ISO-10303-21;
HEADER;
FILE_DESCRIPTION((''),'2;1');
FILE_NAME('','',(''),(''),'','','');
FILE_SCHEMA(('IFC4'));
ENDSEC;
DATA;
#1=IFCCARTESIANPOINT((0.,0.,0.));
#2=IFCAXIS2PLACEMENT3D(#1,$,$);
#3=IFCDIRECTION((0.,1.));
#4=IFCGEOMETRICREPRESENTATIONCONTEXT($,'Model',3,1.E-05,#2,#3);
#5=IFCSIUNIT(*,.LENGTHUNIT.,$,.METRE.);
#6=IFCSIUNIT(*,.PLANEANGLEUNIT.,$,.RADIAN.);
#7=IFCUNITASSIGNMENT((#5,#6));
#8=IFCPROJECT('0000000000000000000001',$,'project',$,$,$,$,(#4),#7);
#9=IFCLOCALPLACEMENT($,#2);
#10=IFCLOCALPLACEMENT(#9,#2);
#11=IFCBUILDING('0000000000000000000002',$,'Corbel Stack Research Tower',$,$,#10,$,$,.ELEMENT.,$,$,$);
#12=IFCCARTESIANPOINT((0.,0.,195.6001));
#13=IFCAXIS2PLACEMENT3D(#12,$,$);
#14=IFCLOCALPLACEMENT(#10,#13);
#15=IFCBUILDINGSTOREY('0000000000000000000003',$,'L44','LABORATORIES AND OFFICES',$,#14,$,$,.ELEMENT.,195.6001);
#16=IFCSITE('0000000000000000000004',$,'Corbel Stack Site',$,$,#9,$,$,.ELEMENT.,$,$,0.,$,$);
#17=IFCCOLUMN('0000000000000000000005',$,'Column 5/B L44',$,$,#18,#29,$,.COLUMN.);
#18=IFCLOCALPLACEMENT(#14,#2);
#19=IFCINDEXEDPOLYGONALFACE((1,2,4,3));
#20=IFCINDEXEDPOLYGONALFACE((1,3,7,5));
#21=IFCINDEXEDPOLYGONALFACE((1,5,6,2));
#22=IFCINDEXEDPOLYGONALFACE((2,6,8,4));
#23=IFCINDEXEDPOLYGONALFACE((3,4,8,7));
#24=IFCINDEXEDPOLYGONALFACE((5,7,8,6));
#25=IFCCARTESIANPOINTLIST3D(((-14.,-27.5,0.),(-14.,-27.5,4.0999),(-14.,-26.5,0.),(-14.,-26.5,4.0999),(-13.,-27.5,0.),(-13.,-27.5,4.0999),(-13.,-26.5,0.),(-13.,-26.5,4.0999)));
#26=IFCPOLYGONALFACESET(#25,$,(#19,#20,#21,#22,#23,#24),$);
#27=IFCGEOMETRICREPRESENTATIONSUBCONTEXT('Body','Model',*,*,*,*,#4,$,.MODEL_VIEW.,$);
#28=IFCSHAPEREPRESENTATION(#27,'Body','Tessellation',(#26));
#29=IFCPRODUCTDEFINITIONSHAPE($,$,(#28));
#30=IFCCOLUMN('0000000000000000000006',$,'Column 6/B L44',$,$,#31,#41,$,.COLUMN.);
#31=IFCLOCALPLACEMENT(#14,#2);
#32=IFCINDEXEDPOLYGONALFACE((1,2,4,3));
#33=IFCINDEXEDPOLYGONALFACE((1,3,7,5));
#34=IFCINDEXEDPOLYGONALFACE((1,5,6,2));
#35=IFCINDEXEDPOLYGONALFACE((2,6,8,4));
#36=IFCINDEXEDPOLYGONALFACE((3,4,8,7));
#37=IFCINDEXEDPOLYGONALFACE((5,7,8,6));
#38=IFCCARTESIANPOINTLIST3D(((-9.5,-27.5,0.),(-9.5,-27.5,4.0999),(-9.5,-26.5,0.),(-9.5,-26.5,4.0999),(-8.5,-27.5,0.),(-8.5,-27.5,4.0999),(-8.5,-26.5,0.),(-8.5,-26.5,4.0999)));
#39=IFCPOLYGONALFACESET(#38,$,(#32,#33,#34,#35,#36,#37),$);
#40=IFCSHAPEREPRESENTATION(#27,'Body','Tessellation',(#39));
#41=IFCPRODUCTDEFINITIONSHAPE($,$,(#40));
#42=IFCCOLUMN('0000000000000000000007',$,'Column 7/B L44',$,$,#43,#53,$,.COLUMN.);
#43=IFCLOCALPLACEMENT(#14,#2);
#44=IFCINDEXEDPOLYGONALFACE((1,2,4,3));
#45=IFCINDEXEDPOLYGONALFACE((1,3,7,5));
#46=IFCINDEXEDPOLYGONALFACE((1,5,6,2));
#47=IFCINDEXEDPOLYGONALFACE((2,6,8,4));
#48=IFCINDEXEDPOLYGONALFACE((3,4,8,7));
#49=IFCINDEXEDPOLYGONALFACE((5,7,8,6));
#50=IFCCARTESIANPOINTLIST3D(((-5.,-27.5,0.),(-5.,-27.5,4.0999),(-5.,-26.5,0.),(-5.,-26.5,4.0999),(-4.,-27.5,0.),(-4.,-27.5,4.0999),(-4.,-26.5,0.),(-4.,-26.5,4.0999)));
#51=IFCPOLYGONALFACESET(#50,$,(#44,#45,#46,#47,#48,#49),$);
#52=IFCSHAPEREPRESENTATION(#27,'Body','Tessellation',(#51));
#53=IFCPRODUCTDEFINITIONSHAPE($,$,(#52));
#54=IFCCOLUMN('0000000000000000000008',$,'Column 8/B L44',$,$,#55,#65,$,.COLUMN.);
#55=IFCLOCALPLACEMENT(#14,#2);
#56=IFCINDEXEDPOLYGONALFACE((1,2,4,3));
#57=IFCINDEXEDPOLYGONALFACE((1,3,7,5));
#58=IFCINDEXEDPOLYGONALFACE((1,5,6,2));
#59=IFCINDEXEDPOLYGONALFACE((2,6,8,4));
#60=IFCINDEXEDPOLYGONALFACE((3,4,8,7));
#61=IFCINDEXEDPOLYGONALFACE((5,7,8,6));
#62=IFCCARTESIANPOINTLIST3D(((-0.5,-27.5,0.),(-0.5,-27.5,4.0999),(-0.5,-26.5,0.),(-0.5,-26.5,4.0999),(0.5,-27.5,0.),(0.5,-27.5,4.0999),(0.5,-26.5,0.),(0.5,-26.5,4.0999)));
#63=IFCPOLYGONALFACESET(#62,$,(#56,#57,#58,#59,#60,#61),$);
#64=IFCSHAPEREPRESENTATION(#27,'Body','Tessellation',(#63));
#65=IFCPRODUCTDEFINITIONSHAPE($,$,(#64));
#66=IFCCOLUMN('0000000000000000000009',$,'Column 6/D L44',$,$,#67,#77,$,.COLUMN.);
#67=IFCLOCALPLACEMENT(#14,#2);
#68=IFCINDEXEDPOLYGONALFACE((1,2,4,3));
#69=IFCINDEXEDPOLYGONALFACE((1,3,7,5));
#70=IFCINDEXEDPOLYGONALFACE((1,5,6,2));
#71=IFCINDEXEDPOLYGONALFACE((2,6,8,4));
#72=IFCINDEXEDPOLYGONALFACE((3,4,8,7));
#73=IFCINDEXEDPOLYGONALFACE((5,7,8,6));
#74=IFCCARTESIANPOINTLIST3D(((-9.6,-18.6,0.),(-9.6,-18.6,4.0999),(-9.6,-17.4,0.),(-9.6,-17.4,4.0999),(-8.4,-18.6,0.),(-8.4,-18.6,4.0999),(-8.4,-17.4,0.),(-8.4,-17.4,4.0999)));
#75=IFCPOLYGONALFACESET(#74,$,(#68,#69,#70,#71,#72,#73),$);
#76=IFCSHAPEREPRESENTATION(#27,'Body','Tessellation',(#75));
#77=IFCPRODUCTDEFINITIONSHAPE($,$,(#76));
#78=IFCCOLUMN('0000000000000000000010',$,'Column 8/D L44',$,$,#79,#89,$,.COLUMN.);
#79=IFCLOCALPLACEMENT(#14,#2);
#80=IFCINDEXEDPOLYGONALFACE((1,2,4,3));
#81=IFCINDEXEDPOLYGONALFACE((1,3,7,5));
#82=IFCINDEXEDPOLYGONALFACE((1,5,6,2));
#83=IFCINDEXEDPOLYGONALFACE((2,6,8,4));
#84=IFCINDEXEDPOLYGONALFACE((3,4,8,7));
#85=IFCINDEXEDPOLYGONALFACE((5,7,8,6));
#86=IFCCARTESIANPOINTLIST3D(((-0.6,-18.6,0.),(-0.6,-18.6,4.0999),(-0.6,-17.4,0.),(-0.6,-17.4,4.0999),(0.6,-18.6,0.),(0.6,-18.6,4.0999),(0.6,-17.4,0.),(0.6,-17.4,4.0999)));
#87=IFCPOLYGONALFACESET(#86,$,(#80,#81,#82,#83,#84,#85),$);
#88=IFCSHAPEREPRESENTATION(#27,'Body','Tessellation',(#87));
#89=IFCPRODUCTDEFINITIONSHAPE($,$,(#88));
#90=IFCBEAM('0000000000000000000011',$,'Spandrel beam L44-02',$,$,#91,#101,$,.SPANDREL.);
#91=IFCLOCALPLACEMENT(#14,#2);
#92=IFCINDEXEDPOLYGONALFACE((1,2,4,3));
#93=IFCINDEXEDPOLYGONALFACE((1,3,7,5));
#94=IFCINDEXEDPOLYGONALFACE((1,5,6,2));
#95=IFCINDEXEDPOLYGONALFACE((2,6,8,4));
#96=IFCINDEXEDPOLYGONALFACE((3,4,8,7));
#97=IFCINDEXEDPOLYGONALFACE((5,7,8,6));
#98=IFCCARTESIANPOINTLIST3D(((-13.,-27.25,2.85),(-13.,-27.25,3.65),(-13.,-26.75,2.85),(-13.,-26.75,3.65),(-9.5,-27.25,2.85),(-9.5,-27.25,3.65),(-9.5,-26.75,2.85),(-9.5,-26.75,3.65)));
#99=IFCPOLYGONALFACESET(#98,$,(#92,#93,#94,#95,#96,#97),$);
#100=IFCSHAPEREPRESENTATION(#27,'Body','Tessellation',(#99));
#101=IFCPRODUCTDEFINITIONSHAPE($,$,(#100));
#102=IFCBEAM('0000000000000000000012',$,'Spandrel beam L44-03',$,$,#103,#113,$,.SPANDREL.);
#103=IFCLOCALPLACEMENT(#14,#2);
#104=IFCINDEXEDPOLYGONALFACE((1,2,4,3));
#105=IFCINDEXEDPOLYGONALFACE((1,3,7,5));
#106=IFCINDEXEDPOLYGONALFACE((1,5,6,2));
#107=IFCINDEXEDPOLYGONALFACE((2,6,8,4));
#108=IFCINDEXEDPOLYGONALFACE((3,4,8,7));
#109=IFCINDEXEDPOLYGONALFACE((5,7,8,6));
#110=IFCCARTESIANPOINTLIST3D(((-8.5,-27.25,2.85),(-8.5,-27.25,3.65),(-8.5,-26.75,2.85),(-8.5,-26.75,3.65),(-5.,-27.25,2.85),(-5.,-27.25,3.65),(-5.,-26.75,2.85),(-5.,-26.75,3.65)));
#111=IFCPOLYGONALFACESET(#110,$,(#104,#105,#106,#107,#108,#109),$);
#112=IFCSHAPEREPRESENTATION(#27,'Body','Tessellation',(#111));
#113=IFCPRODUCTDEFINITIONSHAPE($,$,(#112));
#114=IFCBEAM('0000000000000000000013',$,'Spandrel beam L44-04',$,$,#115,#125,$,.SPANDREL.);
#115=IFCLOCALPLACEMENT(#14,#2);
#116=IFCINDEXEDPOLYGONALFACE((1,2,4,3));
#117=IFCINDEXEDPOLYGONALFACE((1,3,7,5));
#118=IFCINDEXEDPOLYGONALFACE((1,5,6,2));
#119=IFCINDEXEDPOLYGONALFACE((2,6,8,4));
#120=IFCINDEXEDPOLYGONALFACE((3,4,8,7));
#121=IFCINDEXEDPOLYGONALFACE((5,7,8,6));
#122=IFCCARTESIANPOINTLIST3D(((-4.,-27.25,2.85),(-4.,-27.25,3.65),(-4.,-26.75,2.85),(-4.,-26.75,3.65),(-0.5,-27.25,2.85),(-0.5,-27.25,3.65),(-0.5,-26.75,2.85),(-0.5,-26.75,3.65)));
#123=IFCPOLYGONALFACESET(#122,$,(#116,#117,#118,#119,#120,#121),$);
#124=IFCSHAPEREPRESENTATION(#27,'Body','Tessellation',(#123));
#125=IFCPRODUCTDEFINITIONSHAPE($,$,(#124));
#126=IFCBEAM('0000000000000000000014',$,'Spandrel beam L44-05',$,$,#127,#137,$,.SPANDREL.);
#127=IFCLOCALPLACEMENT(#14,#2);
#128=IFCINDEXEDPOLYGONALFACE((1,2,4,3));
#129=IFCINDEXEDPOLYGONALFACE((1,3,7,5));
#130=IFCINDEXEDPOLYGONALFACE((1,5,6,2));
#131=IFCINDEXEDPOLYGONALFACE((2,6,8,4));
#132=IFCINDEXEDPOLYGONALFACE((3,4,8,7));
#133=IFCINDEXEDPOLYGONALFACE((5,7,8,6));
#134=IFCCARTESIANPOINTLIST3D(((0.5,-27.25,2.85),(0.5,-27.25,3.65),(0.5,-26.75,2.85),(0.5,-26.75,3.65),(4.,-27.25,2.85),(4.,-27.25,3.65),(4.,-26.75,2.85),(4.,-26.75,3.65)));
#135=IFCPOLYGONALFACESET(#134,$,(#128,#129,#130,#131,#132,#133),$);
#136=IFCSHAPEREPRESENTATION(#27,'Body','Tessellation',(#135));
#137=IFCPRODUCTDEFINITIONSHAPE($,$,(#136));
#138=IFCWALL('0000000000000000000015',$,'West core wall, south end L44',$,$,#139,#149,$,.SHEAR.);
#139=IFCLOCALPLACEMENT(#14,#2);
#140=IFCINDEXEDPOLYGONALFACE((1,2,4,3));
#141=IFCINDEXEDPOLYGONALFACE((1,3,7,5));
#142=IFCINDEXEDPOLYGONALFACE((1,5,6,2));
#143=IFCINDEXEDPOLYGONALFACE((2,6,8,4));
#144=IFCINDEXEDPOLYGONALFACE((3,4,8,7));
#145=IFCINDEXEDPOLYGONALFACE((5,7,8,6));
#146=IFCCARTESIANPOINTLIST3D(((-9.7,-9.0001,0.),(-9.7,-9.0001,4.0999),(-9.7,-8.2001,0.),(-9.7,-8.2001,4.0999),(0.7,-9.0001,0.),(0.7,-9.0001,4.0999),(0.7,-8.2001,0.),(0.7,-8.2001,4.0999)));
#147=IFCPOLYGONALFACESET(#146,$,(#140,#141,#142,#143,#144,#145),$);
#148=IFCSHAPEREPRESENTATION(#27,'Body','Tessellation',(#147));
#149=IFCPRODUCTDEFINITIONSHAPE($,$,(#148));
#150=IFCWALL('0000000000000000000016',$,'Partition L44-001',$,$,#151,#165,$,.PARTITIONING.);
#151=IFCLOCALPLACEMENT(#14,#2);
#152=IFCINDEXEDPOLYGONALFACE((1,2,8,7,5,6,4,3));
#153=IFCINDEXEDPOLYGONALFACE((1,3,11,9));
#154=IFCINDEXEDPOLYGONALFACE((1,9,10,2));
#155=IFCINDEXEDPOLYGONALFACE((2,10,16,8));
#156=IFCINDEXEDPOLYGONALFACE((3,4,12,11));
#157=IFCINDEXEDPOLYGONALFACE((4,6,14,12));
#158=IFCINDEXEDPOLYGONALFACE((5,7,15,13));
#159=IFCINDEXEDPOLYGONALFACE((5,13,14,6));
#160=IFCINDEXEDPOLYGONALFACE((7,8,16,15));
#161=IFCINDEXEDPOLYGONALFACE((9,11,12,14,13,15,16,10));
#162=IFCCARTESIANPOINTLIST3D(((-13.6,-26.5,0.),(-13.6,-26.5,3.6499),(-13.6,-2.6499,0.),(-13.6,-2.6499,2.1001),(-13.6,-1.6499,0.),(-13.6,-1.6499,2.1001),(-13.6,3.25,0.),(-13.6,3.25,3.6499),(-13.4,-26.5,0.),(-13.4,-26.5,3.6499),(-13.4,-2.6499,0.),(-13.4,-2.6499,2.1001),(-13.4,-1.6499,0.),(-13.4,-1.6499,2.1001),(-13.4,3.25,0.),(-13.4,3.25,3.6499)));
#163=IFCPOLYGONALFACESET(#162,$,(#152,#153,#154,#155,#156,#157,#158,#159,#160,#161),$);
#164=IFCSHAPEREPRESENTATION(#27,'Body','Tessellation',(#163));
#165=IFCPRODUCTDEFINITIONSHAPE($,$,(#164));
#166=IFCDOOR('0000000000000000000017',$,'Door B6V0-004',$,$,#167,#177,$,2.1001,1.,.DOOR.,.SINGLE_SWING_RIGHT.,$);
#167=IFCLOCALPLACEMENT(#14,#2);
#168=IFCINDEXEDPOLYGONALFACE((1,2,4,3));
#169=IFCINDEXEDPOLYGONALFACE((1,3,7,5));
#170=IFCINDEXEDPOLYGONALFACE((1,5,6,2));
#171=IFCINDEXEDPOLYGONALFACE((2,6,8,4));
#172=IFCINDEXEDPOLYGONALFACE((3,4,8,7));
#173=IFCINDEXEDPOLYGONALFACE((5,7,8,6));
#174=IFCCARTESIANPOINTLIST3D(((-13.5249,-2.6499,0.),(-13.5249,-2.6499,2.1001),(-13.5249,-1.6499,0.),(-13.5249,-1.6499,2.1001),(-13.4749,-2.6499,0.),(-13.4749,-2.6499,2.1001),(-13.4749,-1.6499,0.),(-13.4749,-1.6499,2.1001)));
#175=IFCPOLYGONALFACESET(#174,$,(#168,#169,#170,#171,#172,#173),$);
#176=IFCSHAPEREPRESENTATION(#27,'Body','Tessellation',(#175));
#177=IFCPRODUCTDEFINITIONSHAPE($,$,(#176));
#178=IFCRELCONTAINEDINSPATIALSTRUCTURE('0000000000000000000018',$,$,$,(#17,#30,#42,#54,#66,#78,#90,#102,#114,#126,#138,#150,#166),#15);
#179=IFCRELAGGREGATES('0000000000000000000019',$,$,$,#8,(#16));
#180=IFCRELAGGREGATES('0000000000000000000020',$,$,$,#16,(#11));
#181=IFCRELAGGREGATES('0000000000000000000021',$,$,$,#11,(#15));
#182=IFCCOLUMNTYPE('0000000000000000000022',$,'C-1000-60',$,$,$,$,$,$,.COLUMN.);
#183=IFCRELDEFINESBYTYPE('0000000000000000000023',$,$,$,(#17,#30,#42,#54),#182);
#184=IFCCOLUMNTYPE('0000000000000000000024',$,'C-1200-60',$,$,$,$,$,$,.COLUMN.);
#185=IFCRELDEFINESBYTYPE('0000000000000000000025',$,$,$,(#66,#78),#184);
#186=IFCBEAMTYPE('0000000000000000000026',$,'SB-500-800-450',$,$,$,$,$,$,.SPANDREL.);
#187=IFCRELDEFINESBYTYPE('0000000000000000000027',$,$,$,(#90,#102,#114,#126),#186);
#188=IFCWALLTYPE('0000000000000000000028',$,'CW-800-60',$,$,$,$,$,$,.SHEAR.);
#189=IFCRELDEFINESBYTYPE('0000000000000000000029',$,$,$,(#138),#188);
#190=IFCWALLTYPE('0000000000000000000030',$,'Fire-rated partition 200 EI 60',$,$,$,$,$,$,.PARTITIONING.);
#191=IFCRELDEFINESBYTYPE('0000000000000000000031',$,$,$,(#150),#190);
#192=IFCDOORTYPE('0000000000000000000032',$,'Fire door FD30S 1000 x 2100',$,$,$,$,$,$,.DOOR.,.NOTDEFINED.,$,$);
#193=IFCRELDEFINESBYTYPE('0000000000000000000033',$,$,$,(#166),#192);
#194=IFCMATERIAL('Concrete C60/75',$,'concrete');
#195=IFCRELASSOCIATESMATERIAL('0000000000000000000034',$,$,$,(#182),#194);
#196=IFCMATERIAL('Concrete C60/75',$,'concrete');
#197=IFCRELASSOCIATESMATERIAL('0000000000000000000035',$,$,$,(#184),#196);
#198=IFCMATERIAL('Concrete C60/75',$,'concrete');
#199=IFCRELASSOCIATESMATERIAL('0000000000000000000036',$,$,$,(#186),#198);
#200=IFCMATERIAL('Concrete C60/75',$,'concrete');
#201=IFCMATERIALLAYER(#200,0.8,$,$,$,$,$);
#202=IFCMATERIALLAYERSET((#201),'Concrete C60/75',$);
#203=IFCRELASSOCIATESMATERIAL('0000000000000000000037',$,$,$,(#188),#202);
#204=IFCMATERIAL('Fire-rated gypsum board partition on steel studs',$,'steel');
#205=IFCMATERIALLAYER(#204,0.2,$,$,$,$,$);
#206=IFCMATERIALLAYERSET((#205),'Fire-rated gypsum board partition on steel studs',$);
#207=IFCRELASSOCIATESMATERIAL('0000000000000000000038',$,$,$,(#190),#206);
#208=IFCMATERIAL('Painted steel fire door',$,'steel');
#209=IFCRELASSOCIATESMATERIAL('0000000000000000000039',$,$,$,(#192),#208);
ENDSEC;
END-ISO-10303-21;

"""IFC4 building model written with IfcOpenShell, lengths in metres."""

from ifc_helpers import new_model, si_unit, direction, frame, frame_2d, origin, origin_2d, place, context, subcontext, project, spatial, rectangle, extrude, material, layer, layer_set, material_profile, profile_set, type_object, element, fill, save


model = new_model("IFC4")

# Units and contexts
model_context = context("Model", 3, precision=1e-05, world=origin(), true_north=direction((0.0, 1.0)))
body_context = subcontext(model_context, "Body", "Model", "MODEL_VIEW")
ifc_project = project(units=[si_unit("LENGTHUNIT", "METRE"), si_unit("PLANEANGLEUNIT", "RADIAN")], contexts=[model_context])

# Site, building, storey
site_placement = place(None, origin())
site = spatial("IfcSite", under=ifc_project, at=site_placement, Name="Corbel Stack Site", CompositionType="ELEMENT", RefElevation=0.0)
building_placement = place(site_placement, origin())
building = spatial("IfcBuilding", under=site, at=building_placement, Name="Corbel Stack Research Tower", CompositionType="ELEMENT")
storey_placement = place(building_placement, frame((0.0, 0.0, 195.6001)))
storey = spatial("IfcBuildingStorey", under=building, at=storey_placement, Name="L44", Description="LABORATORIES AND OFFICES", CompositionType="ELEMENT", Elevation=195.6001)

# Columns
ifc_material_1 = material(Name="Concrete C60/75", Category="concrete")
ifc_material_profile_1 = material_profile(ifc_material_1, rectangle(XDim=1.0, YDim=1.0, at=origin_2d()), Name="RC 1000 x 1000")
ifc_profile_set_1 = profile_set([ifc_material_profile_1], Name="Concrete C60/75")
column_type_1 = type_object("IfcColumnType", Name="C-1000-60", PredefinedType="COLUMN", material=ifc_profile_set_1)
for number, where, z_axis, x_axis, name in (
    (1, (-13.5, -27.0, 0.0), (0.0, 0.0, 1.0), (1.0, 0.0, 0.0), "Column 5/B L44"),
    (2, (-9.0, -27.0, 0.0), (0.0, 0.0, 1.0), (1.0, 0.0, 0.0), "Column 6/B L44"),
    (3, (-4.5, -27.0, 0.0), (0.0, 0.0, 1.0), (1.0, 0.0, 0.0), "Column 7/B L44"),
    (4, (0.0, -27.0, 0.0), (0.0, 0.0, 1.0), (1.0, 0.0, 0.0), "Column 8/B L44"),
):
    element("IfcColumn", number, at=place(storey_placement, frame(where, z_axis=z_axis, x_axis=x_axis)), inside=storey, type_object=column_type_1, Name=name, PredefinedType="COLUMN", context=body_context, shape_type="SweptSolid", body=[
        extrude(rectangle(XDim=1.0, YDim=1.0, at=origin_2d()), origin(), (0.0, 0.0, 1.0), 4.0999),
    ])
ifc_material_2 = material(Name="Concrete C60/75", Category="concrete")
ifc_material_profile_2 = material_profile(ifc_material_2, rectangle(XDim=1.2, YDim=1.2, at=origin_2d()), Name="RC 1200 x 1200")
ifc_profile_set_2 = profile_set([ifc_material_profile_2], Name="Concrete C60/75")
column_type_2 = type_object("IfcColumnType", Name="C-1200-60", PredefinedType="COLUMN", material=ifc_profile_set_2)
for number, where, z_axis, x_axis, name in (
    (5, (-9.0, -18.0, 0.0), (0.0, 0.0, 1.0), (1.0, 0.0, 0.0), "Column 6/D L44"),
    (6, (0.0, -18.0, 0.0), (0.0, 0.0, 1.0), (1.0, 0.0, 0.0), "Column 8/D L44"),
):
    element("IfcColumn", number, at=place(storey_placement, frame(where, z_axis=z_axis, x_axis=x_axis)), inside=storey, type_object=column_type_2, Name=name, PredefinedType="COLUMN", context=body_context, shape_type="SweptSolid", body=[
        extrude(rectangle(XDim=1.2, YDim=1.2, at=origin_2d()), origin(), (0.0, 0.0, 1.0), 4.0999),
    ])

# Beams
ifc_material_3 = material(Name="Concrete C60/75", Category="concrete")
ifc_material_profile_3 = material_profile(ifc_material_3, rectangle(XDim=0.5, YDim=0.8, at=origin_2d()), Name="RC 500 x 800")
ifc_profile_set_3 = profile_set([ifc_material_profile_3], Name="Concrete C60/75")
beam_type = type_object("IfcBeamType", Name="SB-500-800-450", PredefinedType="SPANDREL", material=ifc_profile_set_3)
for number, where, z_axis, x_axis, name in (
    (7, (-13.0, -27.0, 3.25), (1.0, 0.0, 0.0), (0.0, 1.0, 0.0), "Spandrel beam L44-02"),
    (8, (-8.5, -27.0, 3.25), (1.0, 0.0, 0.0), (0.0, 1.0, 0.0), "Spandrel beam L44-03"),
    (9, (-4.0, -27.0, 3.25), (1.0, 0.0, 0.0), (0.0, 1.0, 0.0), "Spandrel beam L44-04"),
    (10, (0.5, -27.0, 3.25), (1.0, 0.0, 0.0), (0.0, 1.0, 0.0), "Spandrel beam L44-05"),
):
    element("IfcBeam", number, at=place(storey_placement, frame(where, z_axis=z_axis, x_axis=x_axis)), inside=storey, type_object=beam_type, Name=name, PredefinedType="SPANDREL", context=body_context, shape_type="SweptSolid", body=[
        extrude(rectangle(XDim=0.5, YDim=0.8, at=origin_2d()), origin(), (0.0, 0.0, 1.0), 3.5),
    ])

# Shared definitions
ifc_material_4 = material(Name="Concrete C60/75", Category="concrete")
ifc_layer_1 = layer(ifc_material_4, 0.8)
ifc_layer_set_1 = layer_set([ifc_layer_1], Name="Concrete C60/75")
wall_type_1 = type_object("IfcWallType", Name="CW-800-60", PredefinedType="SHEAR", material=ifc_layer_set_1)

# Wall
wall_1_placement = place(storey_placement, frame((-9.7, -8.6001, 0.0), z_axis=(0.0, 0.0, 1.0), x_axis=(1.0, 0.0, 0.0)))
element("IfcWall", 11, at=wall_1_placement, inside=storey, type_object=wall_type_1, Name="West core wall, south end L44", PredefinedType="SHEAR", context=body_context, shape_type="SweptSolid", body=[
    extrude(rectangle(XDim=10.3999, YDim=0.8, at=frame_2d((5.2, 0.0))), origin(), (0.0, 0.0, 1.0), 4.0999),
])

# Wall, opening, door
ifc_material_5 = material(Name="Fire-rated gypsum board partition on steel studs", Category="steel")
ifc_layer_2 = layer(ifc_material_5, 0.2)
ifc_layer_set_2 = layer_set([ifc_layer_2], Name="Fire-rated gypsum board partition on steel studs")
wall_type_2 = type_object("IfcWallType", Name="Fire-rated partition 200 EI 60", PredefinedType="PARTITIONING", material=ifc_layer_set_2)
wall_2_placement = place(storey_placement, frame((-13.5, -26.5, 0.0), z_axis=(0.0, 0.0, 1.0), x_axis=(0.0, 1.0, 0.0)))
wall_2 = element("IfcWall", 12, at=wall_2_placement, inside=storey, type_object=wall_type_2, Name="Partition L44-001", PredefinedType="PARTITIONING", context=body_context, shape_type="SweptSolid", body=[
    extrude(rectangle(XDim=29.75, YDim=0.2, at=frame_2d((14.875, 0.0))), origin(), (0.0, 0.0, 1.0), 3.6499),
])
opening_1_placement = place(wall_2_placement, frame((23.8501, 0.0, 0.0)))
opening_1 = element("IfcOpeningElement", 13, at=opening_1_placement, cuts=wall_2, PredefinedType="OPENING", context=body_context, shape_type="SweptSolid", body=[
    extrude(rectangle(XDim=1.0, YDim=2.1001, at=frame_2d((0.5, 1.05))), frame((0.0, 0.1099, 0.0), z_axis=(0.0, -1.0, 0.0), x_axis=(1.0, 0.0, 0.0)), (0.0, 0.0, 1.0), 0.22),
])
ifc_material_6 = material(Name="Painted steel fire door", Category="steel")
door_type_1 = type_object("IfcDoorType", Name="Fire door FD30S 1000 x 2100", OperationType="NOTDEFINED", PredefinedType="DOOR", material=ifc_material_6)
door_1_placement = place(opening_1_placement, origin())
door_1 = element("IfcDoor", 14, at=door_1_placement, inside=storey, type_object=door_type_1, Name="Door B6V0-004", OperationType="SINGLE_SWING_RIGHT", OverallHeight=2.1001, OverallWidth=1.0, PredefinedType="DOOR", context=body_context, shape_type="SweptSolid", body=[
    extrude(rectangle(XDim=1.0, YDim=2.1001, at=frame_2d((0.5, 1.05))), frame((0.0, 0.0249, 0.0), z_axis=(0.0, -1.0, 0.0), x_axis=(1.0, 0.0, 0.0)), (0.0, 0.0, 1.0), 0.05),
])
fill(opening_1, door_1)

save(model, "model.ifc")
